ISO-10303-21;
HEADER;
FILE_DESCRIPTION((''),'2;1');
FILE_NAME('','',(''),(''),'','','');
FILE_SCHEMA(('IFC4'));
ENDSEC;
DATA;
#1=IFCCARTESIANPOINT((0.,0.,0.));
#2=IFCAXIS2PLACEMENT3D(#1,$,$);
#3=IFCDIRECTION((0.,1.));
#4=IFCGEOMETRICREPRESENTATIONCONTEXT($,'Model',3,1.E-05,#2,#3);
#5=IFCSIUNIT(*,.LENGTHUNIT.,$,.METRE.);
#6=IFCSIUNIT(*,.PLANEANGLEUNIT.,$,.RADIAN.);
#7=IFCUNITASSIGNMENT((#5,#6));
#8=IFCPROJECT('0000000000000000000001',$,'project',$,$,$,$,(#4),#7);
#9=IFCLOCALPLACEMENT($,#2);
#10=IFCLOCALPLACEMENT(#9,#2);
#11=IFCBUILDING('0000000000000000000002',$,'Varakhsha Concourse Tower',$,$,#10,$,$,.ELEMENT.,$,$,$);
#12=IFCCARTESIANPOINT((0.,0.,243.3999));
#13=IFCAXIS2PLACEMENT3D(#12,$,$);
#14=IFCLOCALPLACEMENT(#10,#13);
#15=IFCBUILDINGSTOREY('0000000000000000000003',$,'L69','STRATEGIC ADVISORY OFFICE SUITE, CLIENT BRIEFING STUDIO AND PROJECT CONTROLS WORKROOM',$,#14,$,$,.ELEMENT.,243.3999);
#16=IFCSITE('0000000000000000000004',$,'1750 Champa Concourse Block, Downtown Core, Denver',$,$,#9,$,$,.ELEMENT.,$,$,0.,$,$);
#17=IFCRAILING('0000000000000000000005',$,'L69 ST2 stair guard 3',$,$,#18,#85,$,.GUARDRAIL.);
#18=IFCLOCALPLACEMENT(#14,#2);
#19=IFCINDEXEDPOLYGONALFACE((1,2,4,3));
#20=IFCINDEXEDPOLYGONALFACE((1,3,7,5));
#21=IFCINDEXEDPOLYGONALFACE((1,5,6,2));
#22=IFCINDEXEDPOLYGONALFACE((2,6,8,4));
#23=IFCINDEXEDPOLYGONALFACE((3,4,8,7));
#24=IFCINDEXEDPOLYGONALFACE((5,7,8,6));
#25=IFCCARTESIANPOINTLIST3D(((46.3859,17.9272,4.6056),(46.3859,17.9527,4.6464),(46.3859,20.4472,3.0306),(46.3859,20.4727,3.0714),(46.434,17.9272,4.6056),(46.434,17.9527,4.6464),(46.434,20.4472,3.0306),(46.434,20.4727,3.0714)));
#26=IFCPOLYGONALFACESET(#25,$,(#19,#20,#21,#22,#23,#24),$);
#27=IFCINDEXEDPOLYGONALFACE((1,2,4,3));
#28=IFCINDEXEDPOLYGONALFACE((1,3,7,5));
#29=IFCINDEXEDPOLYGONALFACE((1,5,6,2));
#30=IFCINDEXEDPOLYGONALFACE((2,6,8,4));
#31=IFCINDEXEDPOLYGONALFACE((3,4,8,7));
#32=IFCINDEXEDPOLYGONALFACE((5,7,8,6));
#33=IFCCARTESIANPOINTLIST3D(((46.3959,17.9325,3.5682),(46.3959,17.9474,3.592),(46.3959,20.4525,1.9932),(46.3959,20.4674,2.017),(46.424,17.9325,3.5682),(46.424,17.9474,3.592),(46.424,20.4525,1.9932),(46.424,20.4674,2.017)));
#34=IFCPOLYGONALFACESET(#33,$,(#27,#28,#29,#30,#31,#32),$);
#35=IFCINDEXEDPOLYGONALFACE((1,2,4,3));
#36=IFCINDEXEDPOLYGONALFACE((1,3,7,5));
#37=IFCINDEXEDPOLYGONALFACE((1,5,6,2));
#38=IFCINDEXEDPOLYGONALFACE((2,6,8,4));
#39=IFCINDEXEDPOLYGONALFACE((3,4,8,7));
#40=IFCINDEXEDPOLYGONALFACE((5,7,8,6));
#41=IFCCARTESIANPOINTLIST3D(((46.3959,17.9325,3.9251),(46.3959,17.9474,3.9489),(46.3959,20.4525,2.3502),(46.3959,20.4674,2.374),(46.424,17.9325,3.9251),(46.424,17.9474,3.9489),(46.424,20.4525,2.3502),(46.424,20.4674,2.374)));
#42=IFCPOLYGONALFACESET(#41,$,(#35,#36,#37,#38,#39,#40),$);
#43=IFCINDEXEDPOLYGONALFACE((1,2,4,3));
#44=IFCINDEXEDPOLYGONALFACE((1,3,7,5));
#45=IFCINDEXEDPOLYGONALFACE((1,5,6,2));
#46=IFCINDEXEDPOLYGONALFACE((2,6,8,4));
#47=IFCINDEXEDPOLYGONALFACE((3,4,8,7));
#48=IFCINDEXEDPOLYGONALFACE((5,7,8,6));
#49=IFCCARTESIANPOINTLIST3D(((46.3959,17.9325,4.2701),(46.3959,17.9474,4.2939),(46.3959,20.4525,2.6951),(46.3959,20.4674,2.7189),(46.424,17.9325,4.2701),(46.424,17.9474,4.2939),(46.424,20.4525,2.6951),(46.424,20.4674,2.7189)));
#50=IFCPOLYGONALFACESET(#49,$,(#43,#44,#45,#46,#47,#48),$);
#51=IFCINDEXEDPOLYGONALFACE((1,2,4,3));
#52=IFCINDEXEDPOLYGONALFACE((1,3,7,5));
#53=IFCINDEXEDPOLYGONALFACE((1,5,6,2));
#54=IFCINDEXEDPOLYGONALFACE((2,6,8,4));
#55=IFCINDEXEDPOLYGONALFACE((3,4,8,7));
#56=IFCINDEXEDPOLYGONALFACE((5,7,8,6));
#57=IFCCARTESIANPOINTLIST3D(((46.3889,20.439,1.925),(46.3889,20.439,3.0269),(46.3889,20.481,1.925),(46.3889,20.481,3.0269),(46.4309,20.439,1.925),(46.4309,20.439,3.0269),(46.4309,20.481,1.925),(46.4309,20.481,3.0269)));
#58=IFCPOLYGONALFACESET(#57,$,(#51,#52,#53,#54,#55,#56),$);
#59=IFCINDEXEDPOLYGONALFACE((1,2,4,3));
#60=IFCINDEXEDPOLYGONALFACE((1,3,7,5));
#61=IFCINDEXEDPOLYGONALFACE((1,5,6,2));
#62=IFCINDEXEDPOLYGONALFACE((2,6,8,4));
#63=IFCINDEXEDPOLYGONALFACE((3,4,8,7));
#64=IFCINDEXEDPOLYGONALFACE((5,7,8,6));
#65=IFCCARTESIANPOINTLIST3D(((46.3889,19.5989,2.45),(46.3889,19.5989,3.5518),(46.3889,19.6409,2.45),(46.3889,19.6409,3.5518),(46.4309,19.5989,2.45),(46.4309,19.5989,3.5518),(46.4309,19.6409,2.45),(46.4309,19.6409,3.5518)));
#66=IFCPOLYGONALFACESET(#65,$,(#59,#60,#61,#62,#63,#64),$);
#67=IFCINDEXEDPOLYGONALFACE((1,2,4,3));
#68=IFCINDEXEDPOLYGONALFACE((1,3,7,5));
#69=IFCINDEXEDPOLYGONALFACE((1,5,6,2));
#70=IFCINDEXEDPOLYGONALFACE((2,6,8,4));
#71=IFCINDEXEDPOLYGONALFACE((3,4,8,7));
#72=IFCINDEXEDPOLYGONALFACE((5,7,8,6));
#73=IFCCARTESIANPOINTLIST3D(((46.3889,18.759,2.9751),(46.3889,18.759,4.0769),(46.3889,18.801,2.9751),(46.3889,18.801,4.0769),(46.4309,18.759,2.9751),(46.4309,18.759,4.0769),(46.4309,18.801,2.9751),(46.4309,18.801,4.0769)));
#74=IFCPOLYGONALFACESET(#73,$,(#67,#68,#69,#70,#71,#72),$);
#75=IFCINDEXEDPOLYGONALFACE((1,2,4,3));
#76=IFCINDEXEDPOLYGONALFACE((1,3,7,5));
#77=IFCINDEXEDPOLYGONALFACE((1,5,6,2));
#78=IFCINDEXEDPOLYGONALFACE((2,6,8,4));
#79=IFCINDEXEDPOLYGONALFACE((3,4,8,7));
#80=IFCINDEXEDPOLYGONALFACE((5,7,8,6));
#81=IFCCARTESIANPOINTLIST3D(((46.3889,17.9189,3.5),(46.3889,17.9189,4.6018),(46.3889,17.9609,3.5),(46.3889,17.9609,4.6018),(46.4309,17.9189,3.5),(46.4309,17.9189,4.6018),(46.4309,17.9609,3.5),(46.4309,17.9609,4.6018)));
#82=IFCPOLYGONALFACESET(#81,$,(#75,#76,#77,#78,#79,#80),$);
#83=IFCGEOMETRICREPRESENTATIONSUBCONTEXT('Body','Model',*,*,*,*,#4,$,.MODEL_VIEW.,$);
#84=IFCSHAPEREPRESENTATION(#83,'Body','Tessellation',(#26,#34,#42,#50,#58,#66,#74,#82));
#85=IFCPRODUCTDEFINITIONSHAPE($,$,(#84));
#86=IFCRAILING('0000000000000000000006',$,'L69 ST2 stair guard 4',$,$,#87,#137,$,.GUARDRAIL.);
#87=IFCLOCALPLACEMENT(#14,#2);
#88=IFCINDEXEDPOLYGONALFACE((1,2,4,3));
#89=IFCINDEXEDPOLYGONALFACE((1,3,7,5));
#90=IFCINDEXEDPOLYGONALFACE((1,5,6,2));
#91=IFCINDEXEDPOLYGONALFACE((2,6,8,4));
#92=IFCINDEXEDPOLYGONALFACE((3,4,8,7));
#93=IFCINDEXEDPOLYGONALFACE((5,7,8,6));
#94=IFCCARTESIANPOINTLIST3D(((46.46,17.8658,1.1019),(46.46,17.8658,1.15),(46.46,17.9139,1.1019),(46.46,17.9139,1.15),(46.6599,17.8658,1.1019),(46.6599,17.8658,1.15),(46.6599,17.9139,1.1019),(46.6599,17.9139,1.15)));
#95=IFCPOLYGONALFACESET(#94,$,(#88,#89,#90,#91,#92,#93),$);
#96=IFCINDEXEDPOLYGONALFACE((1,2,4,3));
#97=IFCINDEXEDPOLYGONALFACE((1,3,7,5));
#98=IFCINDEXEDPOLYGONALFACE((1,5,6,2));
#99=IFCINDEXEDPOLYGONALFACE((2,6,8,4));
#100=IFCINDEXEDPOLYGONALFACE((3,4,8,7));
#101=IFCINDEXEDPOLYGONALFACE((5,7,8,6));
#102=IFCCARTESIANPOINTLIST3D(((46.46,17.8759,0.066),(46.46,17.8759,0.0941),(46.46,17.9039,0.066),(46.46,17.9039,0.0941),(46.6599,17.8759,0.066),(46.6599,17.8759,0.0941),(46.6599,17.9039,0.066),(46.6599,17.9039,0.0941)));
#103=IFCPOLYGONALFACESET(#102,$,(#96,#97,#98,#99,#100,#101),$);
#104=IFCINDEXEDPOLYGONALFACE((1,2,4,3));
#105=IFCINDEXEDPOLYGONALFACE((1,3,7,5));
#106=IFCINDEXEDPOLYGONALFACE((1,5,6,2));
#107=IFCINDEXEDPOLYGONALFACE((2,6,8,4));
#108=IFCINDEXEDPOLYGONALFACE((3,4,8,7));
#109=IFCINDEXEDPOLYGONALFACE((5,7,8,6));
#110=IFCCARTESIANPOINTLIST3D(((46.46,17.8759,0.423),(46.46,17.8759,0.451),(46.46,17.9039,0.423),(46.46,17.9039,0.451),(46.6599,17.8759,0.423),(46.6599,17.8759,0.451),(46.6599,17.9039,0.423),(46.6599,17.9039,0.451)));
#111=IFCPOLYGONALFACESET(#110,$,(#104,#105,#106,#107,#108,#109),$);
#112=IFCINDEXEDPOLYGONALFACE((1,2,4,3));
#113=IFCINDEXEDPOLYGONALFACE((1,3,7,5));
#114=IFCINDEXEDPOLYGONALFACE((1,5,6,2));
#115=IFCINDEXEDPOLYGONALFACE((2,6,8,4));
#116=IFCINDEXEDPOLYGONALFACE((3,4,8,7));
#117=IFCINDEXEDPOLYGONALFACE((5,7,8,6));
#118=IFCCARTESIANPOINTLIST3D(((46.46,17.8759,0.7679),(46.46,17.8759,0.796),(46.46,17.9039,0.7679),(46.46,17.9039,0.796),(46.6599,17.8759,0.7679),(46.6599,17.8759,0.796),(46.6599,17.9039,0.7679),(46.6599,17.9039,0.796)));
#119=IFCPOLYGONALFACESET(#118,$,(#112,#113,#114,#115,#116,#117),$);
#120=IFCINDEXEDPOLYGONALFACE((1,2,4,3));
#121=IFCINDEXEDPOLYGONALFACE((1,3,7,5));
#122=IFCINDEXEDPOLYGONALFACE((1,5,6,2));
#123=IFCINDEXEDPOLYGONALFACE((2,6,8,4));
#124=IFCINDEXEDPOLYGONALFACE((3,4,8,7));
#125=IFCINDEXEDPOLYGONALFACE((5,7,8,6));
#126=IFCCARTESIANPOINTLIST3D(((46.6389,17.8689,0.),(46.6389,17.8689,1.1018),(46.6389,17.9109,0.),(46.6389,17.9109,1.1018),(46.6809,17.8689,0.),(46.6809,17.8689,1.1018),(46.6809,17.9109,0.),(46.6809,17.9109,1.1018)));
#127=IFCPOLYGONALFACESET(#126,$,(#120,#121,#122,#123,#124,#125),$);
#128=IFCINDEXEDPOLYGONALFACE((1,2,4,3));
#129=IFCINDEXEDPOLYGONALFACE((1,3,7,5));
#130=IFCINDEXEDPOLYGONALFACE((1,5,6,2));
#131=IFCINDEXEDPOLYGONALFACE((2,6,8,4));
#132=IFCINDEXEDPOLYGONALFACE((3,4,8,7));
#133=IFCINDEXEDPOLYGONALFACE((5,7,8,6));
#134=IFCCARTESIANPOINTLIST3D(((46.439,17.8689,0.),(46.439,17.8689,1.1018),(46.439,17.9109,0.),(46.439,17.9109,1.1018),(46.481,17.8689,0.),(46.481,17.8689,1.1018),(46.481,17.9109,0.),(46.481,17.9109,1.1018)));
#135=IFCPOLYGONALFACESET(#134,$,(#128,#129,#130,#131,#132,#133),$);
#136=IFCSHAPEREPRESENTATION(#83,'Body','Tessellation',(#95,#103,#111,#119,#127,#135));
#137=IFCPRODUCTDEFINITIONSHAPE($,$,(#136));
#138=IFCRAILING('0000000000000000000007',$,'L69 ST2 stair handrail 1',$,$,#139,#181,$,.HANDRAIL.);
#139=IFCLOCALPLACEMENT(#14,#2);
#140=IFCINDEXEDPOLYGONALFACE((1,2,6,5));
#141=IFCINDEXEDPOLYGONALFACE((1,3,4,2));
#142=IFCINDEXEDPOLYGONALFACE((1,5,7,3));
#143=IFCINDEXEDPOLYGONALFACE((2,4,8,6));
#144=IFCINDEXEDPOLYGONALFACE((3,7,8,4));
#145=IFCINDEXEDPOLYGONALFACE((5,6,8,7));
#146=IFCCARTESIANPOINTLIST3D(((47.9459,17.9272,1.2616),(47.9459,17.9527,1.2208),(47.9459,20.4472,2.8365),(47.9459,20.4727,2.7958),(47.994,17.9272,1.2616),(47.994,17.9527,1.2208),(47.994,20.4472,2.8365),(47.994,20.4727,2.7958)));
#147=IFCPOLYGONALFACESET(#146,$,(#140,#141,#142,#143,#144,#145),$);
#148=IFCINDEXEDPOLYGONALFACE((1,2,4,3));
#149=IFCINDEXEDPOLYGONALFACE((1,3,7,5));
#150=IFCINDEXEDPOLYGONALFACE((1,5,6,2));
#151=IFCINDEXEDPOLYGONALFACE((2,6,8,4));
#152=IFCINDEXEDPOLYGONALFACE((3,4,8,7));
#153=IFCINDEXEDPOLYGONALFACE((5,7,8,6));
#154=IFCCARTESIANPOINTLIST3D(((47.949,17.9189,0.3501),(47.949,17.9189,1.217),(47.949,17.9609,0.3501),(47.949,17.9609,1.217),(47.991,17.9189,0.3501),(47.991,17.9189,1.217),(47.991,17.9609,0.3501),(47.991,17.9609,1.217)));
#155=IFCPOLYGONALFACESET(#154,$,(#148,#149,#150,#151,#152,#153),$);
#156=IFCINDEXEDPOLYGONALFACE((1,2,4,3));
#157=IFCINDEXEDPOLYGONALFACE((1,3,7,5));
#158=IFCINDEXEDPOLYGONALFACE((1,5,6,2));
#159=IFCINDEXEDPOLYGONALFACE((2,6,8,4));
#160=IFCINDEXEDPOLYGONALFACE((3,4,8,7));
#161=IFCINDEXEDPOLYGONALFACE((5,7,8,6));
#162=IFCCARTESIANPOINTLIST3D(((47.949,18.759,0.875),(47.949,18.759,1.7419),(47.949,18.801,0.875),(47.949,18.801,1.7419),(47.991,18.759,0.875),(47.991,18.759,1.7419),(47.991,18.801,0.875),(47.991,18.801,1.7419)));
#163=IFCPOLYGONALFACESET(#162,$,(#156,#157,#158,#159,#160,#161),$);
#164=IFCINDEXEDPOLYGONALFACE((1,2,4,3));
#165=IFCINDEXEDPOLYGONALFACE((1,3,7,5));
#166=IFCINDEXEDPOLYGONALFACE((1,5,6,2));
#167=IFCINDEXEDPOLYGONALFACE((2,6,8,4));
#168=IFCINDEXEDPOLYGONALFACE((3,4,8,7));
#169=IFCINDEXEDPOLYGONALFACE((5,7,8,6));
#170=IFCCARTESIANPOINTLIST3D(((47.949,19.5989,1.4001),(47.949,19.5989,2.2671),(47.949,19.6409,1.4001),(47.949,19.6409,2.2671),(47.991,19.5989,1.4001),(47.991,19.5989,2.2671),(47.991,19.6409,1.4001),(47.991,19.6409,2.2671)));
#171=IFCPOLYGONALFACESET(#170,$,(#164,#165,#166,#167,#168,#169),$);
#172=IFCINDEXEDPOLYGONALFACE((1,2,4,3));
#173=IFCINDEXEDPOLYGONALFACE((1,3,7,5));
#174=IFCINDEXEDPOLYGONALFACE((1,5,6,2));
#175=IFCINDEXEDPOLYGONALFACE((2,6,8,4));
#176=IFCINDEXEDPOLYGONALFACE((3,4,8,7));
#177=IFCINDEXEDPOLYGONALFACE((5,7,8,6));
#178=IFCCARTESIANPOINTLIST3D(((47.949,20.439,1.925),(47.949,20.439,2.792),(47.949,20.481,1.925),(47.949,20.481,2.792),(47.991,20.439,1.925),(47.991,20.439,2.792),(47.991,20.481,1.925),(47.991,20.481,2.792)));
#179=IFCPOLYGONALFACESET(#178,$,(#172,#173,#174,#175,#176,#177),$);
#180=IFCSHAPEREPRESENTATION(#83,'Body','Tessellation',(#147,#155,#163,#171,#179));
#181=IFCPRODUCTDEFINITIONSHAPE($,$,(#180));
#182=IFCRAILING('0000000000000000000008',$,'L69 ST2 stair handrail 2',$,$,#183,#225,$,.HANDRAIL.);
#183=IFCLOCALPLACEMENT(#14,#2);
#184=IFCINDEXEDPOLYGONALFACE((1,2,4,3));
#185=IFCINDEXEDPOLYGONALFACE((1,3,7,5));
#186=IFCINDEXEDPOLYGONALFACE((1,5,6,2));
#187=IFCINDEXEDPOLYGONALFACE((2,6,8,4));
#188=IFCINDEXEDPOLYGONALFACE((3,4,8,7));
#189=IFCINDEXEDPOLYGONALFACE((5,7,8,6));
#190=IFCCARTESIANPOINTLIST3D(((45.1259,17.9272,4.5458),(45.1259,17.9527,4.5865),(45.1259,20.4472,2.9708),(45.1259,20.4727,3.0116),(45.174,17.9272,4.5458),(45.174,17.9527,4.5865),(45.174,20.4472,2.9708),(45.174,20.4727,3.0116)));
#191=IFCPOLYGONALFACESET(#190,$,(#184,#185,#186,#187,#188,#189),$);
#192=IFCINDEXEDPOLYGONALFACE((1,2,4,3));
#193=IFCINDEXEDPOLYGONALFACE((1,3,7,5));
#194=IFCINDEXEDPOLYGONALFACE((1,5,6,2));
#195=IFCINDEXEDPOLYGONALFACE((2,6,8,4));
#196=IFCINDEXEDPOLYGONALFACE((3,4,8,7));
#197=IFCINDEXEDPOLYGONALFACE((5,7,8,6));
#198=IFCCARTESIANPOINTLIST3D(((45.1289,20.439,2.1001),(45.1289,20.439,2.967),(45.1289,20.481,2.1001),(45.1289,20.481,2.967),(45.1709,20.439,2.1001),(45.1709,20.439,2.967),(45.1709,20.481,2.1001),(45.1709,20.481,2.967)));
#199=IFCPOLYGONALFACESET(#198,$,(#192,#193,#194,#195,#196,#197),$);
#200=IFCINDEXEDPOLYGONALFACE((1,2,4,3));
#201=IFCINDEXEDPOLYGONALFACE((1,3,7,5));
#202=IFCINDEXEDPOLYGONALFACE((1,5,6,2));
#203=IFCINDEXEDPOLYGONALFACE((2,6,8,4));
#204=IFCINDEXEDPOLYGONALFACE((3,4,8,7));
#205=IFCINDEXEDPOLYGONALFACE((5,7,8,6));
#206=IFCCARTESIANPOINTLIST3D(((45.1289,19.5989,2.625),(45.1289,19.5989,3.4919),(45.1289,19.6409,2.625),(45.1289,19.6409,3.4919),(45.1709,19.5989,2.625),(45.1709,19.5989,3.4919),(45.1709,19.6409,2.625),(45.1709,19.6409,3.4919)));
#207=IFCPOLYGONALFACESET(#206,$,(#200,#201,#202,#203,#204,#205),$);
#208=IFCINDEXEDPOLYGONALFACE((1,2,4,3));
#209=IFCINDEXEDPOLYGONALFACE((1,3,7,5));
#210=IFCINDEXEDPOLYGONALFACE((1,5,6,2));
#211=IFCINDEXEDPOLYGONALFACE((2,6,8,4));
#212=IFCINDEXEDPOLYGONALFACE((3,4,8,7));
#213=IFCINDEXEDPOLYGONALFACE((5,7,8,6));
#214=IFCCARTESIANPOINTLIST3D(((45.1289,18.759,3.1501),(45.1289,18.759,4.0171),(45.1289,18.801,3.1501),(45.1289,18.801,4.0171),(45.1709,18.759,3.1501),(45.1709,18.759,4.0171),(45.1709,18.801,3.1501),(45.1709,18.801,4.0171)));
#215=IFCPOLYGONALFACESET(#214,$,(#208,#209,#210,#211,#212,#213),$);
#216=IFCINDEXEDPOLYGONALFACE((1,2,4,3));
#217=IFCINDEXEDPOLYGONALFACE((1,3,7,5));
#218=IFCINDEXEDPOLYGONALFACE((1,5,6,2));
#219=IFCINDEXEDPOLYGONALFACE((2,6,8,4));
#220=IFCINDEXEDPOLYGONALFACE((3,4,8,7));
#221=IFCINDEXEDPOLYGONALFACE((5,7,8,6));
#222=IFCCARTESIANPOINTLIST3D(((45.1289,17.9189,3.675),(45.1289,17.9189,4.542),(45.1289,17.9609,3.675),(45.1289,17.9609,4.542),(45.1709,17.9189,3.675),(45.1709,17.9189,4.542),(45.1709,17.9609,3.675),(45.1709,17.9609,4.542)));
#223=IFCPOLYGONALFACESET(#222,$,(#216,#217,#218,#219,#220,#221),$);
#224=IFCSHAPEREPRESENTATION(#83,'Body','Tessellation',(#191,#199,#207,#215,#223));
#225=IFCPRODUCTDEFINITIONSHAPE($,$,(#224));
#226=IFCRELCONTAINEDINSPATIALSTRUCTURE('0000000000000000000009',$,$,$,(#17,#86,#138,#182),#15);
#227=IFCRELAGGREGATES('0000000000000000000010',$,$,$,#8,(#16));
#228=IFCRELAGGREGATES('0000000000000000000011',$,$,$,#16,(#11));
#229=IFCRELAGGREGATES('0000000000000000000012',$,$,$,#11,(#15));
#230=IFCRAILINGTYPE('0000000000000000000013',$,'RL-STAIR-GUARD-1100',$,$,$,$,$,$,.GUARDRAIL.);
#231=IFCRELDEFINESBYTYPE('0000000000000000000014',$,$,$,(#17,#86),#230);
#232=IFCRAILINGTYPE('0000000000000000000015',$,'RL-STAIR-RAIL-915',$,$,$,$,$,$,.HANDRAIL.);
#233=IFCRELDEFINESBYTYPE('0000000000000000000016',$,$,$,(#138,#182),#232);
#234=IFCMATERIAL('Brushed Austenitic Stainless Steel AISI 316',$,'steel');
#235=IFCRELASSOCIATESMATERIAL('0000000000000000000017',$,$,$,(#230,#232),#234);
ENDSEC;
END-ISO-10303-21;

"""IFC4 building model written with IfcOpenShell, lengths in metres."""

from ifc_helpers import new_model, si_unit, direction, frame, origin, origin_2d, place, context, subcontext, project, spatial, rectangle, extrude, material, type_object, element, save


model = new_model("IFC4")

# Units and contexts
model_context = context("Model", 3, precision=1e-05, world=origin(), true_north=direction((0.0, 1.0)))
body_context = subcontext(model_context, "Body", "Model", "MODEL_VIEW")
ifc_project = project(units=[si_unit("LENGTHUNIT", "METRE"), si_unit("PLANEANGLEUNIT", "RADIAN")], contexts=[model_context])

# Site, building, storey
site_placement = place(None, origin())
site = spatial("IfcSite", under=ifc_project, at=site_placement, Name="1750 Champa Concourse Block, Downtown Core, Denver", CompositionType="ELEMENT", RefElevation=0.0)
building_placement = place(site_placement, origin())
building = spatial("IfcBuilding", under=site, at=building_placement, Name="Varakhsha Concourse Tower", CompositionType="ELEMENT")
storey_placement = place(building_placement, frame((0.0, 0.0, 243.3999)))
storey = spatial("IfcBuildingStorey", under=building, at=storey_placement, Name="L69", Description="STRATEGIC ADVISORY OFFICE SUITE, CLIENT BRIEFING STUDIO AND PROJECT CONTROLS WORKROOM", CompositionType="ELEMENT", Elevation=243.3999)

# Railings
ifc_material_1 = material(Name="Brushed Austenitic Stainless Steel AISI 316", Category="steel")
railing_type_1 = type_object("IfcRailingType", Name="RL-STAIR-GUARD-1100", PredefinedType="GUARDRAIL", material=ifc_material_1)
railing_1_placement = place(storey_placement, frame((46.4099, 20.46, 1.925)))
element("IfcRailing", 1, at=railing_1_placement, inside=storey, type_object=railing_type_1, Name="L69 ST2 stair guard 3", PredefinedType="GUARDRAIL", context=body_context, shape_type="SweptSolid", body=[
    extrude(rectangle(XDim=0.0481, YDim=0.0481, at=origin_2d()), frame((0.0, 0.0, 1.126), z_axis=(0.0, -0.848008, 0.529984), x_axis=(1.0, 0.0, 0.0)), (0.0, 0.0, 1.0), 2.9717),
    extrude(rectangle(XDim=0.0281, YDim=0.0281, at=origin_2d()), frame((0.0, 0.0, 0.0801), z_axis=(0.0, -0.848008, 0.529984), x_axis=(1.0, 0.0, 0.0)), (0.0, 0.0, 1.0), 2.9717),
    extrude(rectangle(XDim=0.0281, YDim=0.0281, at=origin_2d()), frame((0.0, 0.0, 0.437), z_axis=(0.0, -0.848008, 0.529984), x_axis=(1.0, 0.0, 0.0)), (0.0, 0.0, 1.0), 2.9717),
    extrude(rectangle(XDim=0.0281, YDim=0.0281, at=origin_2d()), frame((0.0, 0.0, 0.782), z_axis=(0.0, -0.848008, 0.529984), x_axis=(1.0, 0.0, 0.0)), (0.0, 0.0, 1.0), 2.9717),
    extrude(rectangle(XDim=0.042, YDim=0.042, at=origin_2d()), origin(), (0.0, 0.0, 1.0), 1.1018),
    extrude(rectangle(XDim=0.042, YDim=0.042, at=origin_2d()), frame((0.0, -0.8401, 0.5249)), (0.0, 0.0, 1.0), 1.1018),
    extrude(rectangle(XDim=0.042, YDim=0.042, at=origin_2d()), frame((0.0, -1.6799, 1.05)), (0.0, 0.0, 1.0), 1.1018),
    extrude(rectangle(XDim=0.042, YDim=0.042, at=origin_2d()), frame((0.0, -2.52, 1.575)), (0.0, 0.0, 1.0), 1.1018),
])
railing_2_placement = place(storey_placement, frame((46.6599, 17.8899, 0.0)))
element("IfcRailing", 2, at=railing_2_placement, inside=storey, type_object=railing_type_1, Name="L69 ST2 stair guard 4", PredefinedType="GUARDRAIL", context=body_context, shape_type="SweptSolid", body=[
    extrude(rectangle(XDim=0.0481, YDim=0.0481, at=origin_2d()), frame((0.0, 0.0, 1.126), z_axis=(-1.0, 0.0, 0.0), x_axis=(0.0, -1.0, 0.0)), (0.0, 0.0, 1.0), 0.2),
    extrude(rectangle(XDim=0.0281, YDim=0.0281, at=origin_2d()), frame((0.0, 0.0, 0.0801), z_axis=(-1.0, 0.0, 0.0), x_axis=(0.0, -1.0, 0.0)), (0.0, 0.0, 1.0), 0.2),
    extrude(rectangle(XDim=0.0281, YDim=0.0281, at=origin_2d()), frame((0.0, 0.0, 0.437), z_axis=(-1.0, 0.0, 0.0), x_axis=(0.0, -1.0, 0.0)), (0.0, 0.0, 1.0), 0.2),
    extrude(rectangle(XDim=0.0281, YDim=0.0281, at=origin_2d()), frame((0.0, 0.0, 0.782), z_axis=(-1.0, 0.0, 0.0), x_axis=(0.0, -1.0, 0.0)), (0.0, 0.0, 1.0), 0.2),
    extrude(rectangle(XDim=0.042, YDim=0.042, at=origin_2d()), origin(), (0.0, 0.0, 1.0), 1.1018),
    extrude(rectangle(XDim=0.042, YDim=0.042, at=origin_2d()), frame((-0.2, 0.0, 0.0)), (0.0, 0.0, 1.0), 1.1018),
])
railing_type_2 = type_object("IfcRailingType", Name="RL-STAIR-RAIL-915", PredefinedType="HANDRAIL", material=ifc_material_1)
railing_3_placement = place(storey_placement, frame((47.97, 17.9399, 0.3501)))
element("IfcRailing", 3, at=railing_3_placement, inside=storey, type_object=railing_type_2, Name="L69 ST2 stair handrail 1", PredefinedType="HANDRAIL", context=body_context, shape_type="SweptSolid", body=[
    extrude(rectangle(XDim=0.0481, YDim=0.0481, at=origin_2d()), frame((0.0, 0.0, 0.8911), z_axis=(0.0, 0.848008, 0.529984), x_axis=(-1.0, 0.0, 0.0)), (0.0, 0.0, 1.0), 2.9717),
    extrude(rectangle(XDim=0.042, YDim=0.042, at=origin_2d()), origin(), (0.0, 0.0, 1.0), 0.8669),
    extrude(rectangle(XDim=0.042, YDim=0.042, at=origin_2d()), frame((0.0, 0.8401, 0.5249)), (0.0, 0.0, 1.0), 0.8669),
    extrude(rectangle(XDim=0.042, YDim=0.042, at=origin_2d()), frame((0.0, 1.6799, 1.05)), (0.0, 0.0, 1.0), 0.8669),
    extrude(rectangle(XDim=0.042, YDim=0.042, at=origin_2d()), frame((0.0, 2.52, 1.575)), (0.0, 0.0, 1.0), 0.8669),
])
railing_4_placement = place(storey_placement, frame((45.1499, 20.46, 2.1001)))
element("IfcRailing", 4, at=railing_4_placement, inside=storey, type_object=railing_type_2, Name="L69 ST2 stair handrail 2", PredefinedType="HANDRAIL", context=body_context, shape_type="SweptSolid", body=[
    extrude(rectangle(XDim=0.0481, YDim=0.0481, at=origin_2d()), frame((0.0, 0.0, 0.8911), z_axis=(0.0, -0.848008, 0.529984), x_axis=(1.0, 0.0, 0.0)), (0.0, 0.0, 1.0), 2.9717),
    extrude(rectangle(XDim=0.042, YDim=0.042, at=origin_2d()), origin(), (0.0, 0.0, 1.0), 0.8669),
    extrude(rectangle(XDim=0.042, YDim=0.042, at=origin_2d()), frame((0.0, -0.8401, 0.5249)), (0.0, 0.0, 1.0), 0.8669),
    extrude(rectangle(XDim=0.042, YDim=0.042, at=origin_2d()), frame((0.0, -1.6799, 1.05)), (0.0, 0.0, 1.0), 0.8669),
    extrude(rectangle(XDim=0.042, YDim=0.042, at=origin_2d()), frame((0.0, -2.52, 1.575)), (0.0, 0.0, 1.0), 0.8669),
])

save(model, "model.ifc")
